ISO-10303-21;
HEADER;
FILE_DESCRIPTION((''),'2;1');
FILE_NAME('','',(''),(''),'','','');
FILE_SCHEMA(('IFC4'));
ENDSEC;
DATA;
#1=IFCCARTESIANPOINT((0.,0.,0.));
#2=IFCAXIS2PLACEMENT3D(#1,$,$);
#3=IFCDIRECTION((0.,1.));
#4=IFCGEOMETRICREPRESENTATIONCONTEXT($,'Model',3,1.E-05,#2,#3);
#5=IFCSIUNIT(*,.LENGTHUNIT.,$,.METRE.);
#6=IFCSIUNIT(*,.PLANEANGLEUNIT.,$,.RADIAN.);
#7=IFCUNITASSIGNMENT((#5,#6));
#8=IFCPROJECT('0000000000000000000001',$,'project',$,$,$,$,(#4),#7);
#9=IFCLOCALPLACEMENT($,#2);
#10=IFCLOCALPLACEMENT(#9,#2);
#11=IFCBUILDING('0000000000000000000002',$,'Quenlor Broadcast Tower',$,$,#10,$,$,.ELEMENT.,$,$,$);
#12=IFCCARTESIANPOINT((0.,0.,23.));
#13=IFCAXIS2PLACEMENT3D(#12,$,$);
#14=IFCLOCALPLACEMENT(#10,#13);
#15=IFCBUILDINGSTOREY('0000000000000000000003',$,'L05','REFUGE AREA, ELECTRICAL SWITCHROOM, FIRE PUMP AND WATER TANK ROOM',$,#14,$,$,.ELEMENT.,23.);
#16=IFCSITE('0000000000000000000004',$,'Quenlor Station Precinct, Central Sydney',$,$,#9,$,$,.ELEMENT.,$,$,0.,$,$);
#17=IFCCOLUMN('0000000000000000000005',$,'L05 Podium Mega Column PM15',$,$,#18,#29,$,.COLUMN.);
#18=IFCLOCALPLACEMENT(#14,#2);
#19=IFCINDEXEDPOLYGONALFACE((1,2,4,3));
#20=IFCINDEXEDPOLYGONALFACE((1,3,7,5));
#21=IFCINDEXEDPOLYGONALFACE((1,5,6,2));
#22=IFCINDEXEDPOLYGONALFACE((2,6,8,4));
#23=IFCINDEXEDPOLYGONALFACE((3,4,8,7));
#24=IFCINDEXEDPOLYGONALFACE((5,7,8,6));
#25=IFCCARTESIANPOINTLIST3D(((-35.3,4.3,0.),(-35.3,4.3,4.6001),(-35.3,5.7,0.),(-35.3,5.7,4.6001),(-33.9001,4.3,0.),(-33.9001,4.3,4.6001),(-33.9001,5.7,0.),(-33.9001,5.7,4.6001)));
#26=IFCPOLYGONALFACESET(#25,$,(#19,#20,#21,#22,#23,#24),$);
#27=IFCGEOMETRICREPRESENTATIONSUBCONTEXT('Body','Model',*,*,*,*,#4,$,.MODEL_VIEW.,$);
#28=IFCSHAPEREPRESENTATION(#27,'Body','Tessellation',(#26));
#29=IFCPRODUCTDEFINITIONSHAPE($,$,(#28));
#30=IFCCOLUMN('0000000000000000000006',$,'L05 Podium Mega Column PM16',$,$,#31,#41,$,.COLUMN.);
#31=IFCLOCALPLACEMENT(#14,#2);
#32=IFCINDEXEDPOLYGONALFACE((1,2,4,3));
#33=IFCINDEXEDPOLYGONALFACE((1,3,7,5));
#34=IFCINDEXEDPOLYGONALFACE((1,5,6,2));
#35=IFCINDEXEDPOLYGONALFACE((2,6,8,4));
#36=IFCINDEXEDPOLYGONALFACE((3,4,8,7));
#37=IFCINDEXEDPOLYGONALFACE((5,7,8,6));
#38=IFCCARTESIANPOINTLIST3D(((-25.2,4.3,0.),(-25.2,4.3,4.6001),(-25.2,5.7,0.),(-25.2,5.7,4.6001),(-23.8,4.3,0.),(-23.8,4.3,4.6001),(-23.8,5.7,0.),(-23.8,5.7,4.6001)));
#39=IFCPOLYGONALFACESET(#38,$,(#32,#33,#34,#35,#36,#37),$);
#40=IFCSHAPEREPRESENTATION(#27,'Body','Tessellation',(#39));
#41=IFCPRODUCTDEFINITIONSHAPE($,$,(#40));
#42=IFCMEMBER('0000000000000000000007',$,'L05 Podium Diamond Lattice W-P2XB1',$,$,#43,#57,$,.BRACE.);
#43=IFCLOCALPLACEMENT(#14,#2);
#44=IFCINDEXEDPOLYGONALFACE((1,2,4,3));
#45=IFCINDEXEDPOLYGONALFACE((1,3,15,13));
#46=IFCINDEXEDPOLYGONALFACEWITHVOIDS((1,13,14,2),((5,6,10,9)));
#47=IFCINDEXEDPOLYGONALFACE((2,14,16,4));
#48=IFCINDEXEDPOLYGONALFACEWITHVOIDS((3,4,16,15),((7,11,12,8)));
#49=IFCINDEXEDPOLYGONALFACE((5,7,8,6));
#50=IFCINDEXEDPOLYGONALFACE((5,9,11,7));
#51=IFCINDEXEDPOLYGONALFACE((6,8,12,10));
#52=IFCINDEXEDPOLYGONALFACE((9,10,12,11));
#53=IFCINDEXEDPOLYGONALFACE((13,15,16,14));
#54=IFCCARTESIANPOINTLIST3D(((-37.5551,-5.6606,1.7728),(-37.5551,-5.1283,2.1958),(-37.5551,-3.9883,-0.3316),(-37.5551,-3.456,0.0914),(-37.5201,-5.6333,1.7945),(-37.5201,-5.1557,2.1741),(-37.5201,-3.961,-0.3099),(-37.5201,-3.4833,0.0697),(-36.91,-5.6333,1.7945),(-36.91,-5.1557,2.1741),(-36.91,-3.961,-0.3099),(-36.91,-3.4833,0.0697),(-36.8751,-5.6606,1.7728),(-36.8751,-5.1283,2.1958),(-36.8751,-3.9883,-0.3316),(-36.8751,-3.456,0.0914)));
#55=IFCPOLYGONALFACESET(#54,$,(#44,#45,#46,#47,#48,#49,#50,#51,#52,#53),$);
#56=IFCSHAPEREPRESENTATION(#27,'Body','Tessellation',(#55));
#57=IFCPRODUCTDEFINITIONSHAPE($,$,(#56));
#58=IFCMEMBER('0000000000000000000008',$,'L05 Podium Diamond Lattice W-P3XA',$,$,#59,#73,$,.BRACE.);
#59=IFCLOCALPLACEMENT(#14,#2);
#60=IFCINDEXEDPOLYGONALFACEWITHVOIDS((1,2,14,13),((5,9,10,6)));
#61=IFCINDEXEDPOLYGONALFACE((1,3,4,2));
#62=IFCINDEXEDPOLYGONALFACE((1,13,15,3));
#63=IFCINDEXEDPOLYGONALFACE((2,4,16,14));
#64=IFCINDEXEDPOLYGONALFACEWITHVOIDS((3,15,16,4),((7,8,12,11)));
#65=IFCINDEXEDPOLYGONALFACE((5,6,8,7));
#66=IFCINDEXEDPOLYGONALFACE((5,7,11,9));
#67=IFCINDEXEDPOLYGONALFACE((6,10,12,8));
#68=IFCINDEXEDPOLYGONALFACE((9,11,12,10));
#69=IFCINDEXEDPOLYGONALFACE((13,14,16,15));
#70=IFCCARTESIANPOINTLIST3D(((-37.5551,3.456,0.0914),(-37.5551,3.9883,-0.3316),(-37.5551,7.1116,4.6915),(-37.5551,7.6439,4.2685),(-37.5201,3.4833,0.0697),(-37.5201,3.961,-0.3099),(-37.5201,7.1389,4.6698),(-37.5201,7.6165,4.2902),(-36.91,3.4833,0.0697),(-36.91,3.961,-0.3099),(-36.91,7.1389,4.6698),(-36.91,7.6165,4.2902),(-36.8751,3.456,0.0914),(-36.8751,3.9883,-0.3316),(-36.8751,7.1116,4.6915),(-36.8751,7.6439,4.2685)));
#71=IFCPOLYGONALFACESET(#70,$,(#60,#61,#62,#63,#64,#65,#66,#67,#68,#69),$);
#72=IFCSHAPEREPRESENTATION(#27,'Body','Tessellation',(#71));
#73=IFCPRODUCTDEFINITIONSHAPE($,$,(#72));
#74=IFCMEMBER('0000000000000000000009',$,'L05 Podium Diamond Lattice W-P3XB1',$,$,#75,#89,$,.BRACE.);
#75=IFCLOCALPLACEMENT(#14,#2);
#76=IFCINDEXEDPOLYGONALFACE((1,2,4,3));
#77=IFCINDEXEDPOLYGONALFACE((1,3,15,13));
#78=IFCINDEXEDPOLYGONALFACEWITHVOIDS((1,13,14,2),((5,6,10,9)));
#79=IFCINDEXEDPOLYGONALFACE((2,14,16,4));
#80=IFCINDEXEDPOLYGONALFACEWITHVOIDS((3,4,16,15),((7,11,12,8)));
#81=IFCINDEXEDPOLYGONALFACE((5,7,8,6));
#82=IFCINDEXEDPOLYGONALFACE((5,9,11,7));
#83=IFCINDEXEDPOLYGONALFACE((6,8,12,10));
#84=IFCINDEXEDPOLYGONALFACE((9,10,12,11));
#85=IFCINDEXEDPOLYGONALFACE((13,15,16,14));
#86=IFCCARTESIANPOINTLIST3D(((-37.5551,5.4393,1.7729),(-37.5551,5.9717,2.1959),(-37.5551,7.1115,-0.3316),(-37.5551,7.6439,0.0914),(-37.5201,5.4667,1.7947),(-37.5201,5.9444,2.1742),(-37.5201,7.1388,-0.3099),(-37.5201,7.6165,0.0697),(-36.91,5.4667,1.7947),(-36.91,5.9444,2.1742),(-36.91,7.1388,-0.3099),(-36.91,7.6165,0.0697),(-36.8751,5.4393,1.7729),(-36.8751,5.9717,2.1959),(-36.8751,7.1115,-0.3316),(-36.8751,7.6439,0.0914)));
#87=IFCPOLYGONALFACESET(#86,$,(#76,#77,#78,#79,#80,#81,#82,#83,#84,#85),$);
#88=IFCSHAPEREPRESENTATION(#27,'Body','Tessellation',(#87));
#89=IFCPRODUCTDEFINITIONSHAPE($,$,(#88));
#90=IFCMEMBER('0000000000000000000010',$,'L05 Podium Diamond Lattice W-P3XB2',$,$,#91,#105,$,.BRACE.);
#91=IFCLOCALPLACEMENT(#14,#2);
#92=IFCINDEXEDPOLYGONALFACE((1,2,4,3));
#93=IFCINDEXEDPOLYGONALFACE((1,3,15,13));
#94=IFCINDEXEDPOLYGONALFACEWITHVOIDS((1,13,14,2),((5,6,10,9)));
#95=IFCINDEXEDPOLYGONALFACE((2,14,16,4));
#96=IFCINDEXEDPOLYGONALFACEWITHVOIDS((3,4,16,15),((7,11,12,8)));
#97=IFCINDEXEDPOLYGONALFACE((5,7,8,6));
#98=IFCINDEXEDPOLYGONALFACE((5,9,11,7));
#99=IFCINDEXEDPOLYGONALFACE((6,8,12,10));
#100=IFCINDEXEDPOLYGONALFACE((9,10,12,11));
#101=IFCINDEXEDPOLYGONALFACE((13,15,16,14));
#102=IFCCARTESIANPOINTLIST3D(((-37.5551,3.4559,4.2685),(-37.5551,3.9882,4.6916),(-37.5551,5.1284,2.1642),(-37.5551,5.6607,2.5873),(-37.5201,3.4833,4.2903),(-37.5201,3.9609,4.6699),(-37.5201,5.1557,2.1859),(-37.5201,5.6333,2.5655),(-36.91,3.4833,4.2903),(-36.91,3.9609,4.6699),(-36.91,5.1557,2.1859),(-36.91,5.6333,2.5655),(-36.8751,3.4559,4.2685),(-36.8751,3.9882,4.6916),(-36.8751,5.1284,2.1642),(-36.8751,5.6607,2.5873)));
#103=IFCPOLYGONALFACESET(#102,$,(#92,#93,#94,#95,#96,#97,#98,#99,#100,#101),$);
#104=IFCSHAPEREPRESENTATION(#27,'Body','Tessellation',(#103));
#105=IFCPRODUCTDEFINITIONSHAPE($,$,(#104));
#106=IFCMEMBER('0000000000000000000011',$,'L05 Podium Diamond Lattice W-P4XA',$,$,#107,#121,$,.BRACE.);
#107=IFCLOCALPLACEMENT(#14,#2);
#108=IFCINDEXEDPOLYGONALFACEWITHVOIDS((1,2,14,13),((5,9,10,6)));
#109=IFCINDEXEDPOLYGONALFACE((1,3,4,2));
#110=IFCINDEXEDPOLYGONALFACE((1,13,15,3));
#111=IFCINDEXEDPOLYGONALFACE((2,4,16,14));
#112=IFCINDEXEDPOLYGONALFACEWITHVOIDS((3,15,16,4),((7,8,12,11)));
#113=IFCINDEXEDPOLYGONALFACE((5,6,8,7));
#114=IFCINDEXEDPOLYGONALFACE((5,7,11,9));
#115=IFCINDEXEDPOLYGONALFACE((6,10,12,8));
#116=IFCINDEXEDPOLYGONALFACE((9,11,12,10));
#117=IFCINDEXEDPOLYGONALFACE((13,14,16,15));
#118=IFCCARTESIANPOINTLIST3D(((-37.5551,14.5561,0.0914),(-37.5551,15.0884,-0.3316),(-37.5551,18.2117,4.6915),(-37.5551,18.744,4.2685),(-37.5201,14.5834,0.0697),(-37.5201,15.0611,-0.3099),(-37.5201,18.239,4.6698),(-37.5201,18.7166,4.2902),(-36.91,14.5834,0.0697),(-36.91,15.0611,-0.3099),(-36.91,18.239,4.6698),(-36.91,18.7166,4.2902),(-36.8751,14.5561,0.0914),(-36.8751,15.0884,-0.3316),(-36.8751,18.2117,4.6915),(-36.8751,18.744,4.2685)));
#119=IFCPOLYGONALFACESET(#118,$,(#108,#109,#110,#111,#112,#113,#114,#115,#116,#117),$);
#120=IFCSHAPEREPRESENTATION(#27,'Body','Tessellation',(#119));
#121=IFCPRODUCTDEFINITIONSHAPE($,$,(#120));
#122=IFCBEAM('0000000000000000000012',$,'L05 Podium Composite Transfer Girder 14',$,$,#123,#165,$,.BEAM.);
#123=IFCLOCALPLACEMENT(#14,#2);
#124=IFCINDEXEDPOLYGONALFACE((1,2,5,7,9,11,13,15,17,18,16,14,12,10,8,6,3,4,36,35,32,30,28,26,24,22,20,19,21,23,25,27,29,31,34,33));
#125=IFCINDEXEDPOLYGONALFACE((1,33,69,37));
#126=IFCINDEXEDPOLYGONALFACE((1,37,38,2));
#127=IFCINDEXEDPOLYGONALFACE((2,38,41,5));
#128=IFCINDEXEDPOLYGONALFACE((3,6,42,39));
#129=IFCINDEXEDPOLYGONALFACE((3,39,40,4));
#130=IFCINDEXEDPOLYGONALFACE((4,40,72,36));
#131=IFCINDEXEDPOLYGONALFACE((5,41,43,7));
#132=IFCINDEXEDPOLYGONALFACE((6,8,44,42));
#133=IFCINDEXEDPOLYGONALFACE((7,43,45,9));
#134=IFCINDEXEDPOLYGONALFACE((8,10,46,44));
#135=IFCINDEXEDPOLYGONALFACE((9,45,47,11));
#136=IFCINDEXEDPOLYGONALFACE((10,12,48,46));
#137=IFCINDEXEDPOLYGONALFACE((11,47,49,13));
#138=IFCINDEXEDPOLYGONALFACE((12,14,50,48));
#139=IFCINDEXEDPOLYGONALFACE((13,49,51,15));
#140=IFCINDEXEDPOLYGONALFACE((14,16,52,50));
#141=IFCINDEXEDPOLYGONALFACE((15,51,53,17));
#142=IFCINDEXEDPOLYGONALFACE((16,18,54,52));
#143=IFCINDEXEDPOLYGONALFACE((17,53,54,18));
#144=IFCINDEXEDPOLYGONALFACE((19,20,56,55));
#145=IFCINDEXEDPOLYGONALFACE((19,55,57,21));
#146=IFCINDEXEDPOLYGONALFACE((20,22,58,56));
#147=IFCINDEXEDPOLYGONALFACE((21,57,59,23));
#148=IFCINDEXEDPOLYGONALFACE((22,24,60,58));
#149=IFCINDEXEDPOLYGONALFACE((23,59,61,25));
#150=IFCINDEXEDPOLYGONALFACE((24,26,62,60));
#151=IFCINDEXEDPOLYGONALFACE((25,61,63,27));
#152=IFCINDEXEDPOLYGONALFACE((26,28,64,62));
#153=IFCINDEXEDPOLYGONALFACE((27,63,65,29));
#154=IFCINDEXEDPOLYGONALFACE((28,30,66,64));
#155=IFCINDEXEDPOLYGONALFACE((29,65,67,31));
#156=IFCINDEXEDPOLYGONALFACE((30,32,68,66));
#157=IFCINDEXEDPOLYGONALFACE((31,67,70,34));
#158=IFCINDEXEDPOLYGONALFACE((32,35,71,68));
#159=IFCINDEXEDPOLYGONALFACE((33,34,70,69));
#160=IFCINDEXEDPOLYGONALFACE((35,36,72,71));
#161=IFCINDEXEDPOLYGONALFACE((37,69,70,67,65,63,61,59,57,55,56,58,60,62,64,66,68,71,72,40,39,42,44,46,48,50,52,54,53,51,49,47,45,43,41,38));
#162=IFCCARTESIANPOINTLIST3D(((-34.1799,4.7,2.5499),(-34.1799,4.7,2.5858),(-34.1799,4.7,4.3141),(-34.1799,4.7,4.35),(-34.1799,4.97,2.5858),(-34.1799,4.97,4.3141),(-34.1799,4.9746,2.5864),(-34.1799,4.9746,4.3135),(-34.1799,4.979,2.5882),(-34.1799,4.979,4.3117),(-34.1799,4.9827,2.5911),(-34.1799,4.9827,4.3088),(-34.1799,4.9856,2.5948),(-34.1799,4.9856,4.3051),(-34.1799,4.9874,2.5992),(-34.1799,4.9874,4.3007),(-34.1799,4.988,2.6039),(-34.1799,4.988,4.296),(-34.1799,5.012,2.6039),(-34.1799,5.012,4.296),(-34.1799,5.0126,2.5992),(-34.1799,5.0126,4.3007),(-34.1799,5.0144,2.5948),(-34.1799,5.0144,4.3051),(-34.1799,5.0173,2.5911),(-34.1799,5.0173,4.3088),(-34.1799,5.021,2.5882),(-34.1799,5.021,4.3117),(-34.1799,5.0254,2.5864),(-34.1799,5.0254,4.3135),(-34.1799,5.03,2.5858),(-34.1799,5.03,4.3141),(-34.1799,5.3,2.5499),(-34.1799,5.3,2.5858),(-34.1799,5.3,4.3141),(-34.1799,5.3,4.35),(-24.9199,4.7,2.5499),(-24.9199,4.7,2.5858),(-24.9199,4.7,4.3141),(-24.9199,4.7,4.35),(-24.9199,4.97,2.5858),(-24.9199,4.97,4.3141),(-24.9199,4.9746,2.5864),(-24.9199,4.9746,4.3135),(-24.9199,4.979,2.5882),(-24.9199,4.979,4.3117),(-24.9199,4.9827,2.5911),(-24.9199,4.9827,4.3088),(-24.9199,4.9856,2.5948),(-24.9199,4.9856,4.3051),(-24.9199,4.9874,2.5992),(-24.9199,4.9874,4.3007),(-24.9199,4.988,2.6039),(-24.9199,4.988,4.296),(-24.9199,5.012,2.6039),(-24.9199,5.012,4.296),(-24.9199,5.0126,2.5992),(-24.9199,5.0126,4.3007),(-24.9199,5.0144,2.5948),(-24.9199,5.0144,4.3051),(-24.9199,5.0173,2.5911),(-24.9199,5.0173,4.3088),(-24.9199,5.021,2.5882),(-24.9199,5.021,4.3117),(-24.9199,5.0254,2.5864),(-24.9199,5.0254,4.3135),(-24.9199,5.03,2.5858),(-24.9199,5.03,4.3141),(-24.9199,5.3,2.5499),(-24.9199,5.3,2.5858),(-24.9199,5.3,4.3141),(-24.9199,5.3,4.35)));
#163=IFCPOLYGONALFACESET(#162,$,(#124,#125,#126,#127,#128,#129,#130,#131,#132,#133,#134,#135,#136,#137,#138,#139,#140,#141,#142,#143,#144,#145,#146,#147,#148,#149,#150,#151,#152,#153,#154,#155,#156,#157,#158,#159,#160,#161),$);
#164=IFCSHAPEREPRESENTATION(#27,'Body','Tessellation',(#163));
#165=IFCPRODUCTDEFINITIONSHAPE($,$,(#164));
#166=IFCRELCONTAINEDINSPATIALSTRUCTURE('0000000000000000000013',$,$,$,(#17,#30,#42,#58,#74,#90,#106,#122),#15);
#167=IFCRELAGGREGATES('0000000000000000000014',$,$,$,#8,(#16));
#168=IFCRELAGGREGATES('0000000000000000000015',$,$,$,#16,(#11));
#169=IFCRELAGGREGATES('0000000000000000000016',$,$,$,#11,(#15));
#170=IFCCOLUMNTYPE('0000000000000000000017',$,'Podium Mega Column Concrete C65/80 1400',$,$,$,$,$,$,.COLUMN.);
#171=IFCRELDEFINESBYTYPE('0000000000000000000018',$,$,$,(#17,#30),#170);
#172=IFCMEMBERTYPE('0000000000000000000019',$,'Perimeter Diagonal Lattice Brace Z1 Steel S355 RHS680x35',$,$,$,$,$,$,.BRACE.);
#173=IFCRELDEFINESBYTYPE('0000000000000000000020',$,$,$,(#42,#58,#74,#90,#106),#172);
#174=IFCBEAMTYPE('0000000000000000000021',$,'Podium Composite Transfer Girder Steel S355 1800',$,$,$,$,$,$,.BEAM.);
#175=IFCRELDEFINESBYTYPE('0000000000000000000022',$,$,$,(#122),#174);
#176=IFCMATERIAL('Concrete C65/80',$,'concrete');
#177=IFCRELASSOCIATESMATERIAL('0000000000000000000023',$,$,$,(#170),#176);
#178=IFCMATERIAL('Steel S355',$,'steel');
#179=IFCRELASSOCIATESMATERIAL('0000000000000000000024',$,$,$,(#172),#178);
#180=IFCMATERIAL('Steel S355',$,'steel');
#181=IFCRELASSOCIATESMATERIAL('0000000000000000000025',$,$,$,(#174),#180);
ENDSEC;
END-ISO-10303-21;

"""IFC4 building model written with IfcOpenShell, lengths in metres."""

from ifc_helpers import new_model, si_unit, direction, frame, origin, origin_2d, place, context, subcontext, project, spatial, rectangle, hollow_rectangle, i_section, extrude, material, material_profile, profile_set, type_object, element, save


model = new_model("IFC4")

# Units and contexts
model_context = context("Model", 3, precision=1e-05, world=origin(), true_north=direction((0.0, 1.0)))
body_context = subcontext(model_context, "Body", "Model", "MODEL_VIEW")
ifc_project = project(units=[si_unit("LENGTHUNIT", "METRE"), si_unit("PLANEANGLEUNIT", "RADIAN")], contexts=[model_context])

# Site, building, storey
site_placement = place(None, origin())
site = spatial("IfcSite", under=ifc_project, at=site_placement, Name="Quenlor Station Precinct, Central Sydney", CompositionType="ELEMENT", RefElevation=0.0)
building_placement = place(site_placement, origin())
building = spatial("IfcBuilding", under=site, at=building_placement, Name="Quenlor Broadcast Tower", CompositionType="ELEMENT")
storey_placement = place(building_placement, frame((0.0, 0.0, 23.0)))
storey = spatial("IfcBuildingStorey", under=building, at=storey_placement, Name="L05", Description="REFUGE AREA, ELECTRICAL SWITCHROOM, FIRE PUMP AND WATER TANK ROOM", CompositionType="ELEMENT", Elevation=23.0)

# Columns
ifc_material_1 = material(Name="Concrete C65/80", Category="concrete")
ifc_material_profile_1 = material_profile(ifc_material_1, rectangle(XDim=1.3999, YDim=1.3999, at=origin_2d()))
ifc_profile_set_1 = profile_set([ifc_material_profile_1], Name="Concrete C65/80 RC1400x1400")
column_type = type_object("IfcColumnType", Name="Podium Mega Column Concrete C65/80 1400", PredefinedType="COLUMN", material=ifc_profile_set_1)
for number, where, z_axis, x_axis, name in (
    (1, (-34.6001, 5.0, 0.0), (0.0, 0.0, 1.0), (1.0, 0.0, 0.0), "L05 Podium Mega Column PM15"),
    (2, (-24.5, 5.0, 0.0), (0.0, 0.0, 1.0), (1.0, 0.0, 0.0), "L05 Podium Mega Column PM16"),
):
    element("IfcColumn", number, at=place(storey_placement, frame(where, z_axis=z_axis, x_axis=x_axis)), inside=storey, type_object=column_type, Name=name, PredefinedType="COLUMN", context=body_context, shape_type="SweptSolid", body=[
        extrude(rectangle(XDim=1.3999, YDim=1.3999, at=origin_2d()), origin(), (0.0, 0.0, 1.0), 4.6001),
    ])

# Members
ifc_material_2 = material(Name="Steel S355", Category="steel")
ifc_material_profile_2 = material_profile(ifc_material_2, hollow_rectangle(XDim=0.6799, YDim=0.6799, WallThickness=0.0349, at=origin_2d()))
ifc_profile_set_2 = profile_set([ifc_material_profile_2], Name="Steel S355 RHS680x680x35")
member_type_1 = type_object("IfcMemberType", Name="Perimeter Diagonal Lattice Brace Z1 Steel S355 RHS680x35", PredefinedType="BRACE", material=ifc_profile_set_2)
member_1_placement = place(storey_placement, frame((-37.2151, -3.7222, -0.1201), z_axis=(0.0, -0.622144, 0.782903), x_axis=(1.0, 0.0, 0.0)))
element("IfcMember", 3, at=member_1_placement, inside=storey, type_object=member_type_1, Name="L05 Podium Diamond Lattice W-P2XB1", PredefinedType="BRACE", context=body_context, shape_type="SweptSolid", body=[
    extrude(hollow_rectangle(XDim=0.6799, YDim=0.6799, WallThickness=0.0349, at=origin_2d()), origin(), (0.0, 0.0, 1.0), 2.688),
])
member_2_placement = place(storey_placement, frame((-37.2151, 3.7222, -0.1201), z_axis=(0.0, 0.622143, 0.782904), x_axis=(-1.0, 0.0, 0.0)))
element("IfcMember", 4, at=member_2_placement, inside=storey, type_object=member_type_1, Name="L05 Podium Diamond Lattice W-P3XA", PredefinedType="BRACE", context=body_context, shape_type="SweptSolid", body=[
    extrude(hollow_rectangle(XDim=0.6799, YDim=0.6799, WallThickness=0.0349, at=origin_2d()), origin(), (0.0, 0.0, 1.0), 5.8757),
])
for number, where, z_axis, x_axis, name in (
    (5, (-37.2151, 7.3777, -0.1201), (0.0, -0.622089, 0.782947), (1.0, 0.0, 0.0), "L05 Podium Diamond Lattice W-P3XB1"),
    (6, (-37.2151, 5.3945, 2.3757), (0.0, -0.622188, 0.782867), (1.0, 0.0, 0.0), "L05 Podium Diamond Lattice W-P3XB2"),
):
    element("IfcMember", number, at=place(storey_placement, frame(where, z_axis=z_axis, x_axis=x_axis)), inside=storey, type_object=member_type_1, Name=name, PredefinedType="BRACE", context=body_context, shape_type="SweptSolid", body=[
        extrude(hollow_rectangle(XDim=0.6799, YDim=0.6799, WallThickness=0.0349, at=origin_2d()), origin(), (0.0, 0.0, 1.0), 2.688),
    ])
member_3_placement = place(storey_placement, frame((-37.2151, 14.8223, -0.1201), z_axis=(0.0, 0.622143, 0.782904), x_axis=(-1.0, 0.0, 0.0)))
element("IfcMember", 7, at=member_3_placement, inside=storey, type_object=member_type_1, Name="L05 Podium Diamond Lattice W-P4XA", PredefinedType="BRACE", context=body_context, shape_type="SweptSolid", body=[
    extrude(hollow_rectangle(XDim=0.6799, YDim=0.6799, WallThickness=0.0349, at=origin_2d()), origin(), (0.0, 0.0, 1.0), 5.8757),
])

# Beam
ifc_material_3 = material(Name="Steel S355", Category="steel")
ifc_material_profile_3 = material_profile(ifc_material_3, i_section(OverallWidth=0.6001, OverallDepth=1.8, WebThickness=0.0239, FlangeThickness=0.0359, FilletRadius=0.0181, at=origin_2d()))
ifc_profile_set_3 = profile_set([ifc_material_profile_3], Name="Steel S355 1800TG620")
beam_type = type_object("IfcBeamType", Name="Podium Composite Transfer Girder Steel S355 1800", PredefinedType="BEAM", material=ifc_profile_set_3)
beam_1_placement = place(storey_placement, frame((-34.1799, 5.0, 3.45), z_axis=(1.0, 0.0, 0.0), x_axis=(0.0, 1.0, 0.0)))
element("IfcBeam", 8, at=beam_1_placement, inside=storey, type_object=beam_type, Name="L05 Podium Composite Transfer Girder 14", PredefinedType="BEAM", context=body_context, shape_type="SweptSolid", body=[
    extrude(i_section(OverallWidth=0.6001, OverallDepth=1.8, WebThickness=0.0239, FlangeThickness=0.0359, FilletRadius=0.0181, at=origin_2d()), origin(), (0.0, 0.0, 1.0), 9.26),
])

save(model, "model.ifc")
